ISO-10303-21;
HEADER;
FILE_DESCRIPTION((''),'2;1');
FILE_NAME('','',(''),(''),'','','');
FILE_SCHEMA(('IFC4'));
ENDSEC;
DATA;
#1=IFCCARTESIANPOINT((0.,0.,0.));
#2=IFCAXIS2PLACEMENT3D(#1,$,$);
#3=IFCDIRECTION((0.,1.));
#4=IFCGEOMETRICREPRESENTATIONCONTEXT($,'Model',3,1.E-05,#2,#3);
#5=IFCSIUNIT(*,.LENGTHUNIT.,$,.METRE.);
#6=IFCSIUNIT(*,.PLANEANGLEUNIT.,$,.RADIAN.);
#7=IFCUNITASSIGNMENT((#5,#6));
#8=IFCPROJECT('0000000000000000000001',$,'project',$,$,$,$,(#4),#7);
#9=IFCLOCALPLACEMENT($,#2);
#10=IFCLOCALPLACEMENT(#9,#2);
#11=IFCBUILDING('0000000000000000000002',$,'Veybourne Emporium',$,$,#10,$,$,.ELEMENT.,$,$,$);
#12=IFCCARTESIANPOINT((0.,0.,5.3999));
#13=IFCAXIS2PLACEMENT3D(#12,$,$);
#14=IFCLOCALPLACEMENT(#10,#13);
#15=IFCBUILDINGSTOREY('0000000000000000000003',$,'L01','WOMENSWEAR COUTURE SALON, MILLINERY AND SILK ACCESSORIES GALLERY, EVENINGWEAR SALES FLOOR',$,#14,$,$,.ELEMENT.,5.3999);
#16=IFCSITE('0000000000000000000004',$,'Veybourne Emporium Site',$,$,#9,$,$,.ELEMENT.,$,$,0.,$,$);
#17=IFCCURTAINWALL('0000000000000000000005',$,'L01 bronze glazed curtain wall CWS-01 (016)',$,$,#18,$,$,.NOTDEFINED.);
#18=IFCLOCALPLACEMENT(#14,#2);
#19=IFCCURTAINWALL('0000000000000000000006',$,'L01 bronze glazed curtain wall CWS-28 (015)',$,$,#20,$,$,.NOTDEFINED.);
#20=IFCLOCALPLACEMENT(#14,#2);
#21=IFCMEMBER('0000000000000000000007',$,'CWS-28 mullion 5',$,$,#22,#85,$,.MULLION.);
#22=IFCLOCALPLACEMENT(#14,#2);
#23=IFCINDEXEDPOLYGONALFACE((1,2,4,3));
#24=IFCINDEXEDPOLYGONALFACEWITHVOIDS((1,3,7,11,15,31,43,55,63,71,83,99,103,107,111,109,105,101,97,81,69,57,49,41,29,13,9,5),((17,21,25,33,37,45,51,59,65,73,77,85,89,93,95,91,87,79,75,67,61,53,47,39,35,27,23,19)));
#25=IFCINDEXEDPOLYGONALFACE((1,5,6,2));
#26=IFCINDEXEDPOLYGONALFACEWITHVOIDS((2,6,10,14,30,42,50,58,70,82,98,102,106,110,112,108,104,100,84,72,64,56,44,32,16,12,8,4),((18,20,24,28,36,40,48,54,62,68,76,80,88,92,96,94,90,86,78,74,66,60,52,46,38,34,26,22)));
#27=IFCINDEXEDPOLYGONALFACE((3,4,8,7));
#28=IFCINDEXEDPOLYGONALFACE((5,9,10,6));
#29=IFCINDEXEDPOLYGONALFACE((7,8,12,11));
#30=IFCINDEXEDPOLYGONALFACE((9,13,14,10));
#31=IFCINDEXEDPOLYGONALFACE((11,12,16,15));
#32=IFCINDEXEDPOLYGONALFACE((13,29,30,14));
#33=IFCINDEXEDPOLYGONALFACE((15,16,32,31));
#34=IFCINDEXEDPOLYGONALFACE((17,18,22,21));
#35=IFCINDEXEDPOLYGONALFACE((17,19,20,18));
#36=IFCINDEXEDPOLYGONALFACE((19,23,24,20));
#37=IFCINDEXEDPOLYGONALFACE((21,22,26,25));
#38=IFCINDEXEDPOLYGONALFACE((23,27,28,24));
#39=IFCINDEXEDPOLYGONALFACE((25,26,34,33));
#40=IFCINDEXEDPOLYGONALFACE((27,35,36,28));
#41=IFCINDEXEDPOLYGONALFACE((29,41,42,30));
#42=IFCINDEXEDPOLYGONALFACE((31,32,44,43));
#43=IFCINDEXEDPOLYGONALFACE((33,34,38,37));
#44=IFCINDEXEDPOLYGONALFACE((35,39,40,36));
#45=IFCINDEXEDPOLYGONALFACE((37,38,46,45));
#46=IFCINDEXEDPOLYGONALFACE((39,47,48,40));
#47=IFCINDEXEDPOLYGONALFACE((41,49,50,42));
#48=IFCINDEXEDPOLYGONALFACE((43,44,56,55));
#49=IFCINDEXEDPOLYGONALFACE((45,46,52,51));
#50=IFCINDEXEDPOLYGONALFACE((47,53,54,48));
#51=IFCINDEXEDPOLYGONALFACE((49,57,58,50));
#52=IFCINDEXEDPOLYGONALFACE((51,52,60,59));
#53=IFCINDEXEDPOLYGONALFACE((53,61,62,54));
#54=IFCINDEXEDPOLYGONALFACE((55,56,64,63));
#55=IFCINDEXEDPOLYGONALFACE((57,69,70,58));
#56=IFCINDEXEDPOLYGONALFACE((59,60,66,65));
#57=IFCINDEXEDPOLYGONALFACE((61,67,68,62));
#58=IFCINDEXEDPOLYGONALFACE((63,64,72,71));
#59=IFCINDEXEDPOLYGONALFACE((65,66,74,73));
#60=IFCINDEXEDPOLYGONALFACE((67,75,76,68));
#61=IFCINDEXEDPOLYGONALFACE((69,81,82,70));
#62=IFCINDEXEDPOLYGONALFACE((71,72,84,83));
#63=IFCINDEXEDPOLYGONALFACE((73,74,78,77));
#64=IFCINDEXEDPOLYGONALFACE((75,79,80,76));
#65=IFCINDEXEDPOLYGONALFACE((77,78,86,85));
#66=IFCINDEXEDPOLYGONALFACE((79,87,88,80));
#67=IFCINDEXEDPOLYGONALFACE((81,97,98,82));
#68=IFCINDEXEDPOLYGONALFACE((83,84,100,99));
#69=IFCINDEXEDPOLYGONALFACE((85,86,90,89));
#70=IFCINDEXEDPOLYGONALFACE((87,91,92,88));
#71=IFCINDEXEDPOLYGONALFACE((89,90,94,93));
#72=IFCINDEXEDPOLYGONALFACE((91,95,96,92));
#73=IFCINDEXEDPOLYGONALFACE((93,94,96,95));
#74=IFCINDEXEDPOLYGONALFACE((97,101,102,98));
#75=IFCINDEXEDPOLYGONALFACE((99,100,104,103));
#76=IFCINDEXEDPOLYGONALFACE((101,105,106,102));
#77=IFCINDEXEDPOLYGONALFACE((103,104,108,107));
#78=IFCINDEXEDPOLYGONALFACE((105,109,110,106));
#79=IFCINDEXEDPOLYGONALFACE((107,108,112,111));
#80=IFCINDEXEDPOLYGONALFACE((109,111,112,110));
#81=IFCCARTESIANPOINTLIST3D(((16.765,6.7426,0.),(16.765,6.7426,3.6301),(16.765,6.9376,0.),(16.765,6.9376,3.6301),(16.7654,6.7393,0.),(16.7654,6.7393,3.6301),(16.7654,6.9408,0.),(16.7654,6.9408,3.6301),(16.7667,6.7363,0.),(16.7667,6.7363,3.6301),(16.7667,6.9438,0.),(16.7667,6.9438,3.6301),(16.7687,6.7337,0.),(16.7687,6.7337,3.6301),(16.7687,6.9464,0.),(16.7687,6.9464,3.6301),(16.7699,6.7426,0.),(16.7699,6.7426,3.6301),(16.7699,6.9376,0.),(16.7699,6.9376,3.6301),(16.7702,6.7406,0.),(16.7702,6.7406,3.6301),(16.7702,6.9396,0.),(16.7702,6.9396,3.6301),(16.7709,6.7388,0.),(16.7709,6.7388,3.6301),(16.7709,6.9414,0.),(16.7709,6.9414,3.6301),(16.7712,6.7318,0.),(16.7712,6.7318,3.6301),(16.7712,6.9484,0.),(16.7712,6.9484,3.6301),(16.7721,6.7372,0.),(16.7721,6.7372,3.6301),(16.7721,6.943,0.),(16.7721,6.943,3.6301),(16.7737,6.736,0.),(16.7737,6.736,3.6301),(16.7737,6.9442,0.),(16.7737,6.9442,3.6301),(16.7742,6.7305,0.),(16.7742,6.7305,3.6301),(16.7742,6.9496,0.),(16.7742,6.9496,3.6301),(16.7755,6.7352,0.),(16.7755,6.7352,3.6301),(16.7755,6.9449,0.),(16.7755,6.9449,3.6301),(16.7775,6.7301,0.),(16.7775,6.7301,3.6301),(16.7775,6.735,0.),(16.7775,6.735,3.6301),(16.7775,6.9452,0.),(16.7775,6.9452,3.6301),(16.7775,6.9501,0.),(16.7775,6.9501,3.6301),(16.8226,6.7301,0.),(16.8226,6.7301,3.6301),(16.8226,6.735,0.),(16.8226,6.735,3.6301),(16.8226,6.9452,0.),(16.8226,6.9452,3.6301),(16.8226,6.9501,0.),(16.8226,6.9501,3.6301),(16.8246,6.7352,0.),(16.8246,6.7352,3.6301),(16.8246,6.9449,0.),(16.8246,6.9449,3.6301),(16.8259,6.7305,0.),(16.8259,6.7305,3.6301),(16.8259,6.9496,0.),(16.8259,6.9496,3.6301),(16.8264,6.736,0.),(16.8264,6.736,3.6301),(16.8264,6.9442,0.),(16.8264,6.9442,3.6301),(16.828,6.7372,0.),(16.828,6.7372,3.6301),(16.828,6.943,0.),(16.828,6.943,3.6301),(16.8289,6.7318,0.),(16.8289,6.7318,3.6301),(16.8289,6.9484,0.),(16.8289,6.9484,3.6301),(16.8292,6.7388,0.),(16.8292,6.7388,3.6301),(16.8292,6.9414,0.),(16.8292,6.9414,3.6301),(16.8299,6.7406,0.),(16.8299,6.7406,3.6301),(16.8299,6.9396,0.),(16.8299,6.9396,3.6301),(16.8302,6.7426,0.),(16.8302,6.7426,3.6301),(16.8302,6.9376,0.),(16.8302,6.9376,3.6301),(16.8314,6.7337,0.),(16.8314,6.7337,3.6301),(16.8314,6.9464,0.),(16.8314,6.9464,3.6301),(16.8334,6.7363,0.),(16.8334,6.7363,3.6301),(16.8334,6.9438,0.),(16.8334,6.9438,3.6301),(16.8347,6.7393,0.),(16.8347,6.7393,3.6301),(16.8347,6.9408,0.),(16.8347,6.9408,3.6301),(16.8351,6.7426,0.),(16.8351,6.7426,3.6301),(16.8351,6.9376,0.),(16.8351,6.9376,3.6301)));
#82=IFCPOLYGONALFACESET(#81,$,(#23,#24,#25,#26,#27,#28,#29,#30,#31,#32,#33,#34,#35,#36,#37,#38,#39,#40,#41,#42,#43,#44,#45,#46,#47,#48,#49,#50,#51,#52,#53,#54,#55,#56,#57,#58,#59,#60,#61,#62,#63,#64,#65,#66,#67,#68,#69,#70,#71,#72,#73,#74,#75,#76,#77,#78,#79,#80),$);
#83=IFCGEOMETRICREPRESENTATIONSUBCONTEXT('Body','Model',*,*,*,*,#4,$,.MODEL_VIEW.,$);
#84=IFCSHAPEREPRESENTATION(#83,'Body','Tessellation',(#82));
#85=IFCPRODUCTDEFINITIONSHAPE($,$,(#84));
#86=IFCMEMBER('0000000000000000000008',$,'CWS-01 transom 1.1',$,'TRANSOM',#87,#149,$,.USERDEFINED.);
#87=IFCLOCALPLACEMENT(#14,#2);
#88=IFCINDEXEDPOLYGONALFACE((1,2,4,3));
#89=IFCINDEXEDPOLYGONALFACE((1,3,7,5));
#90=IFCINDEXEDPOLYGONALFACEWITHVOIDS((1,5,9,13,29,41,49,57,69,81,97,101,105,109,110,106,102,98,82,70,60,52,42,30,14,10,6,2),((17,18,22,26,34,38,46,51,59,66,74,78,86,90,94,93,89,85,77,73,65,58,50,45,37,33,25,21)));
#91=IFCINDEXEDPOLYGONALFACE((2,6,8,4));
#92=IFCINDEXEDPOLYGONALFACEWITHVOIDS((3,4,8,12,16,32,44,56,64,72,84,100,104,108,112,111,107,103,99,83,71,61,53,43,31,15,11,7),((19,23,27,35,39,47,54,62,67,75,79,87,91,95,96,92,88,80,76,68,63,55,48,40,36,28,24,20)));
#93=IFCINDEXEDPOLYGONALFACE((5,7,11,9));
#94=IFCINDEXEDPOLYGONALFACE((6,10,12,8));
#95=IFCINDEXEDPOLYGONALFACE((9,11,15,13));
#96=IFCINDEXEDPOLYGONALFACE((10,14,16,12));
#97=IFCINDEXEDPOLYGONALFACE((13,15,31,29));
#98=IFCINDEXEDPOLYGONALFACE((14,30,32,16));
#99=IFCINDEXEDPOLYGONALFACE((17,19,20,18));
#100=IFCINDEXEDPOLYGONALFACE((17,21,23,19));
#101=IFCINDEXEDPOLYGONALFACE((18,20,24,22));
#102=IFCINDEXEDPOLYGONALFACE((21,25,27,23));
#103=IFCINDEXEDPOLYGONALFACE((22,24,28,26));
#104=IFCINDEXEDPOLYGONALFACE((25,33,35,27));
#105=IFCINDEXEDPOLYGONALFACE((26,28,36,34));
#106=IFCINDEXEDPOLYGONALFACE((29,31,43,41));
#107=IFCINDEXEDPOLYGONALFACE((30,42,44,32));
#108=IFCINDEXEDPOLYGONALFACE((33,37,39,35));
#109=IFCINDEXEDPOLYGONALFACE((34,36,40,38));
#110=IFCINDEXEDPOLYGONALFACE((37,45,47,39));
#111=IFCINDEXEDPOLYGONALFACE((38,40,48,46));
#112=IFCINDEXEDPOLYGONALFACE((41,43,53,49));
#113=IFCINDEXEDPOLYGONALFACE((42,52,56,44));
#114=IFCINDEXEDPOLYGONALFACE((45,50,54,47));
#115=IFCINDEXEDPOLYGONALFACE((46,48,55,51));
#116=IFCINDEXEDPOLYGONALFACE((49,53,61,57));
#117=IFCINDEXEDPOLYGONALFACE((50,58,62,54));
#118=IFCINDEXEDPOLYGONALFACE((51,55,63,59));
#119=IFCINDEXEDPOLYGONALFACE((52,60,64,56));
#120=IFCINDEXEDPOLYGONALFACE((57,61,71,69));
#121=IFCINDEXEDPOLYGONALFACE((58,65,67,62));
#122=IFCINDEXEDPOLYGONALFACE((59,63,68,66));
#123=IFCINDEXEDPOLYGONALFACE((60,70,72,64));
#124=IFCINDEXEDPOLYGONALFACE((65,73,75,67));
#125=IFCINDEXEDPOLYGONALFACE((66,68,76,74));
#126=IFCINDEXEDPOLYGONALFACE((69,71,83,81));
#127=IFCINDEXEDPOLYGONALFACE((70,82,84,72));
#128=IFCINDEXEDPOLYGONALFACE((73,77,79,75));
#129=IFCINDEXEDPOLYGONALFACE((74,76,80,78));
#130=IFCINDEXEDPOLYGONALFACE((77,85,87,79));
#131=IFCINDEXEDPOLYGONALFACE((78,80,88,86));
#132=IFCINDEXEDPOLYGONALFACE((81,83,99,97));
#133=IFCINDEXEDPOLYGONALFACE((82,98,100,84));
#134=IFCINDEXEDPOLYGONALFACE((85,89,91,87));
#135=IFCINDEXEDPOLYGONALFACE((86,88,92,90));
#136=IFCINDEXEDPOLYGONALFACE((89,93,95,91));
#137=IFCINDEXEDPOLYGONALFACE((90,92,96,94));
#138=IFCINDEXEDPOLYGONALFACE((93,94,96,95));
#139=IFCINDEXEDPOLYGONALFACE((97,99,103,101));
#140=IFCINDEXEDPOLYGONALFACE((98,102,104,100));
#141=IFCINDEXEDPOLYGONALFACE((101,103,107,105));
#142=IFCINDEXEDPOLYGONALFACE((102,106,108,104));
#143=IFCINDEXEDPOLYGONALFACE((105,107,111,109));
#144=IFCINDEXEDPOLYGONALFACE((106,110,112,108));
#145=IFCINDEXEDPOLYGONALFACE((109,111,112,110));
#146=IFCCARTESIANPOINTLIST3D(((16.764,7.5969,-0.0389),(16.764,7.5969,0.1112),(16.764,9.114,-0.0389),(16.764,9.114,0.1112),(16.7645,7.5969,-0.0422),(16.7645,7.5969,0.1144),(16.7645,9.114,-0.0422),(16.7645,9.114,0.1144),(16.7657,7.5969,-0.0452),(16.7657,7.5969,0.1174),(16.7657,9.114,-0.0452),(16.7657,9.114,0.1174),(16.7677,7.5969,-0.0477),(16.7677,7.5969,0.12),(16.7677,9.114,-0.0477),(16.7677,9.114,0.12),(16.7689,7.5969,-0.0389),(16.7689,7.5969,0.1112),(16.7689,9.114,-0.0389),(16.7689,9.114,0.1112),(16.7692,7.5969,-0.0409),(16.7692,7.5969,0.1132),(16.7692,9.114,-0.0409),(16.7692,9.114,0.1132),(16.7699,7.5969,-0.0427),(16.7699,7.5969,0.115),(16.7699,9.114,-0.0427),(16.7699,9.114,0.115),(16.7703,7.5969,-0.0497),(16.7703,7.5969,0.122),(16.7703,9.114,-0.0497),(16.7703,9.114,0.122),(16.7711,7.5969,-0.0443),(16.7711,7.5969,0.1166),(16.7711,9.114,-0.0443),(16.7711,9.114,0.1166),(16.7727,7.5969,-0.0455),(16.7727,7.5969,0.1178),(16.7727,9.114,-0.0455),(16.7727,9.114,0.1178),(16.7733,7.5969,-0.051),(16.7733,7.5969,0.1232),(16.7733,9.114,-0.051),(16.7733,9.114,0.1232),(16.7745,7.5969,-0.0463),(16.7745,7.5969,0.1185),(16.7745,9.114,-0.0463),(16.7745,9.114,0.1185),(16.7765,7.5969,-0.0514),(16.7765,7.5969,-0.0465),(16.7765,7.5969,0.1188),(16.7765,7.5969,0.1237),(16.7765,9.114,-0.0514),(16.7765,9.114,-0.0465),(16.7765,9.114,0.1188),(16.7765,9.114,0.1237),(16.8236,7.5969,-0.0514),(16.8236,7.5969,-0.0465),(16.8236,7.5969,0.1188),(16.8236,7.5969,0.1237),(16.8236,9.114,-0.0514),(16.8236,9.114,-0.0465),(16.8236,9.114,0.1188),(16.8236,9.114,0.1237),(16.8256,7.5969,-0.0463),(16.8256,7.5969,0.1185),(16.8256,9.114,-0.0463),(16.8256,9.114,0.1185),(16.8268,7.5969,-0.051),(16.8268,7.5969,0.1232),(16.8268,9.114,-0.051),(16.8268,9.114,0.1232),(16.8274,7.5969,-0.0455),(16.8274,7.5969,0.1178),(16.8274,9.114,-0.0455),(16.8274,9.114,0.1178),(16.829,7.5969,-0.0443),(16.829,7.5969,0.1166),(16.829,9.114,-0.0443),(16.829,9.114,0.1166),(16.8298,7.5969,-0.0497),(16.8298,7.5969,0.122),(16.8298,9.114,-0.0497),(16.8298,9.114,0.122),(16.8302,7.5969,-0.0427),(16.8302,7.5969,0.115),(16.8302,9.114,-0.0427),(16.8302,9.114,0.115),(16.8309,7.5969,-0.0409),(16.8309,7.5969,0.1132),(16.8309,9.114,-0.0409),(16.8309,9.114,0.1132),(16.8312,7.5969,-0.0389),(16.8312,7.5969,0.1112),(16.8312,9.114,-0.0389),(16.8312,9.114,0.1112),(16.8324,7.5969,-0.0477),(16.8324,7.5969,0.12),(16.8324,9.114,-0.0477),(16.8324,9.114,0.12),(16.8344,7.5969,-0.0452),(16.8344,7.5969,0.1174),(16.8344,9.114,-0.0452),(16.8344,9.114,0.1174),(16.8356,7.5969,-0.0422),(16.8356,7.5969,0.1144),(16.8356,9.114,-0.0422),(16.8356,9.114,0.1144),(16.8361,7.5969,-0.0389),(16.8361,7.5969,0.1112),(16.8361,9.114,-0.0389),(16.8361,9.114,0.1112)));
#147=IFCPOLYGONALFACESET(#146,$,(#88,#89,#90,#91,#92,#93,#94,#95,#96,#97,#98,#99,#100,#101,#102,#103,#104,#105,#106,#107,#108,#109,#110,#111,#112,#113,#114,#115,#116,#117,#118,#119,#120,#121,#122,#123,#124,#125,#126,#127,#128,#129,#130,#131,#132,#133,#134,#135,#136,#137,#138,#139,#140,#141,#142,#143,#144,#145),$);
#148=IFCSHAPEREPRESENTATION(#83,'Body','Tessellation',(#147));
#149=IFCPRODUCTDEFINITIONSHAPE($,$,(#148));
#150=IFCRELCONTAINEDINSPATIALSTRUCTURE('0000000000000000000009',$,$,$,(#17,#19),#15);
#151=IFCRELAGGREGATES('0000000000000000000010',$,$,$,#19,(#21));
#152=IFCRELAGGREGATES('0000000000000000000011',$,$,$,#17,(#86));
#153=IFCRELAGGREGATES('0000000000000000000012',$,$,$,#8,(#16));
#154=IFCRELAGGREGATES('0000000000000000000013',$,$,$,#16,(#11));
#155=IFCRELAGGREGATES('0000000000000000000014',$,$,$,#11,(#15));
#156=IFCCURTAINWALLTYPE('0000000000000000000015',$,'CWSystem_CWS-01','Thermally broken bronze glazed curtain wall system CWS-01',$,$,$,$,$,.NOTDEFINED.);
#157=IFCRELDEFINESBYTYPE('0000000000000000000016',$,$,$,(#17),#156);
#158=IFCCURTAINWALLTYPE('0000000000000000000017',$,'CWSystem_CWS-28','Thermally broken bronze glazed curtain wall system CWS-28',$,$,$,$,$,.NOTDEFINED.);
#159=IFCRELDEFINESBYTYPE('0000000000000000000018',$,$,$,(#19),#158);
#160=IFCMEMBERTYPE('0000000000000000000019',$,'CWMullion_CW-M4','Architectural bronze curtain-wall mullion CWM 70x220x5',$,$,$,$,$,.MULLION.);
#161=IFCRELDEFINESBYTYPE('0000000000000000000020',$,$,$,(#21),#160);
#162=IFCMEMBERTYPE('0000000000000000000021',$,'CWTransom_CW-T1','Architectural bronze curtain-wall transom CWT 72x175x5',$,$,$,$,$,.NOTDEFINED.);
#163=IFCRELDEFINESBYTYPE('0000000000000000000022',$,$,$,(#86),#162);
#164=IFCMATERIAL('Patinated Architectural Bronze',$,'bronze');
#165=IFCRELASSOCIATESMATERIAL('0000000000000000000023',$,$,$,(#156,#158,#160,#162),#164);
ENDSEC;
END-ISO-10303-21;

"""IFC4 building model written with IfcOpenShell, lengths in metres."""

from ifc_helpers import new_model, si_unit, direction, frame, origin, origin_2d, place, context, subcontext, project, spatial, hollow_rectangle, extrude, material, material_profile, profile_set, type_object, element, aggregate, save


model = new_model("IFC4")

# Units and contexts
model_context = context("Model", 3, precision=1e-05, world=origin(), true_north=direction((0.0, 1.0)))
body_context = subcontext(model_context, "Body", "Model", "MODEL_VIEW")
ifc_project = project(units=[si_unit("LENGTHUNIT", "METRE"), si_unit("PLANEANGLEUNIT", "RADIAN")], contexts=[model_context])

# Site, building, storey
site_placement = place(None, origin())
site = spatial("IfcSite", under=ifc_project, at=site_placement, Name="Veybourne Emporium Site", CompositionType="ELEMENT", RefElevation=0.0)
building_placement = place(site_placement, origin())
building = spatial("IfcBuilding", under=site, at=building_placement, Name="Veybourne Emporium", CompositionType="ELEMENT")
storey_placement = place(building_placement, frame((0.0, 0.0, 5.3999)))
storey = spatial("IfcBuildingStorey", under=building, at=storey_placement, Name="L01", Description="WOMENSWEAR COUTURE SALON, MILLINERY AND SILK ACCESSORIES GALLERY, EVENINGWEAR SALES FLOOR", CompositionType="ELEMENT", Elevation=5.3999)

# Curtain wall
ifc_material_1 = material(Name="Patinated Architectural Bronze", Category="bronze")
curtain_wall_type_1 = type_object("IfcCurtainWallType", Name="CWSystem_CWS-01", Description="Thermally broken bronze glazed curtain wall system CWS-01", PredefinedType="NOTDEFINED", material=ifc_material_1)
curtain_wall_1_placement = place(storey_placement, origin())
curtain_wall_1 = element("IfcCurtainWall", 1, at=curtain_wall_1_placement, inside=storey, type_object=curtain_wall_type_1, Name="L01 bronze glazed curtain wall CWS-01 (016)", PredefinedType="NOTDEFINED")

# Curtain wall, member
curtain_wall_type_2 = type_object("IfcCurtainWallType", Name="CWSystem_CWS-28", Description="Thermally broken bronze glazed curtain wall system CWS-28", PredefinedType="NOTDEFINED", material=ifc_material_1)
curtain_wall_2_placement = place(storey_placement, origin())
curtain_wall_2 = element("IfcCurtainWall", 2, at=curtain_wall_2_placement, inside=storey, type_object=curtain_wall_type_2, Name="L01 bronze glazed curtain wall CWS-28 (015)", PredefinedType="NOTDEFINED")
ifc_material_profile_1 = material_profile(ifc_material_1, hollow_rectangle(XDim=0.0701, YDim=0.22, WallThickness=0.0049, InnerFilletRadius=0.0076, OuterFilletRadius=0.0125, at=origin_2d()), Name="CWM 70x220x5")
ifc_profile_set_1 = profile_set([ifc_material_profile_1], Name="Patinated Architectural Bronze")
member_type_1 = type_object("IfcMemberType", Name="CWMullion_CW-M4", Description="Architectural bronze curtain-wall mullion CWM 70x220x5", PredefinedType="MULLION", material=ifc_profile_set_1)
member_1_placement = place(storey_placement, frame((16.8, 6.8401, 0.0), z_axis=(0.0, 0.0, 1.0), x_axis=(-1.0, 0.0, 0.0)))
member_1 = element("IfcMember", 3, at=member_1_placement, type_object=member_type_1, Name="CWS-28 mullion 5", PredefinedType="MULLION", context=body_context, shape_type="SweptSolid", body=[
    extrude(hollow_rectangle(XDim=0.0701, YDim=0.22, WallThickness=0.0049, InnerFilletRadius=0.0076, OuterFilletRadius=0.0125, at=origin_2d()), origin(), (0.0, 0.0, 1.0), 3.6301),
])

# Member
ifc_material_profile_2 = material_profile(ifc_material_1, hollow_rectangle(XDim=0.072, YDim=0.175, WallThickness=0.0049, InnerFilletRadius=0.0076, OuterFilletRadius=0.0125, at=origin_2d()), Name="CWT 72x175x5")
ifc_profile_set_2 = profile_set([ifc_material_profile_2], Name="Patinated Architectural Bronze")
member_type_2 = type_object("IfcMemberType", Name="CWTransom_CW-T1", Description="Architectural bronze curtain-wall transom CWT 72x175x5", PredefinedType="NOTDEFINED", material=ifc_profile_set_2)
member_2_placement = place(storey_placement, frame((16.8, 7.5969, 0.0361), z_axis=(0.0, 1.0, 0.0), x_axis=(-1.0, 0.0, 0.0)))
member_2 = element("IfcMember", 4, at=member_2_placement, type_object=member_type_2, Name="CWS-01 transom 1.1", ObjectType="TRANSOM", PredefinedType="USERDEFINED", context=body_context, shape_type="SweptSolid", body=[
    extrude(hollow_rectangle(XDim=0.072, YDim=0.175, WallThickness=0.0049, InnerFilletRadius=0.0076, OuterFilletRadius=0.0125, at=origin_2d()), origin(), (0.0, 0.0, 1.0), 1.5171),
])

aggregate(curtain_wall_2, [member_1])
aggregate(curtain_wall_1, [member_2])

save(model, "model.ifc")
